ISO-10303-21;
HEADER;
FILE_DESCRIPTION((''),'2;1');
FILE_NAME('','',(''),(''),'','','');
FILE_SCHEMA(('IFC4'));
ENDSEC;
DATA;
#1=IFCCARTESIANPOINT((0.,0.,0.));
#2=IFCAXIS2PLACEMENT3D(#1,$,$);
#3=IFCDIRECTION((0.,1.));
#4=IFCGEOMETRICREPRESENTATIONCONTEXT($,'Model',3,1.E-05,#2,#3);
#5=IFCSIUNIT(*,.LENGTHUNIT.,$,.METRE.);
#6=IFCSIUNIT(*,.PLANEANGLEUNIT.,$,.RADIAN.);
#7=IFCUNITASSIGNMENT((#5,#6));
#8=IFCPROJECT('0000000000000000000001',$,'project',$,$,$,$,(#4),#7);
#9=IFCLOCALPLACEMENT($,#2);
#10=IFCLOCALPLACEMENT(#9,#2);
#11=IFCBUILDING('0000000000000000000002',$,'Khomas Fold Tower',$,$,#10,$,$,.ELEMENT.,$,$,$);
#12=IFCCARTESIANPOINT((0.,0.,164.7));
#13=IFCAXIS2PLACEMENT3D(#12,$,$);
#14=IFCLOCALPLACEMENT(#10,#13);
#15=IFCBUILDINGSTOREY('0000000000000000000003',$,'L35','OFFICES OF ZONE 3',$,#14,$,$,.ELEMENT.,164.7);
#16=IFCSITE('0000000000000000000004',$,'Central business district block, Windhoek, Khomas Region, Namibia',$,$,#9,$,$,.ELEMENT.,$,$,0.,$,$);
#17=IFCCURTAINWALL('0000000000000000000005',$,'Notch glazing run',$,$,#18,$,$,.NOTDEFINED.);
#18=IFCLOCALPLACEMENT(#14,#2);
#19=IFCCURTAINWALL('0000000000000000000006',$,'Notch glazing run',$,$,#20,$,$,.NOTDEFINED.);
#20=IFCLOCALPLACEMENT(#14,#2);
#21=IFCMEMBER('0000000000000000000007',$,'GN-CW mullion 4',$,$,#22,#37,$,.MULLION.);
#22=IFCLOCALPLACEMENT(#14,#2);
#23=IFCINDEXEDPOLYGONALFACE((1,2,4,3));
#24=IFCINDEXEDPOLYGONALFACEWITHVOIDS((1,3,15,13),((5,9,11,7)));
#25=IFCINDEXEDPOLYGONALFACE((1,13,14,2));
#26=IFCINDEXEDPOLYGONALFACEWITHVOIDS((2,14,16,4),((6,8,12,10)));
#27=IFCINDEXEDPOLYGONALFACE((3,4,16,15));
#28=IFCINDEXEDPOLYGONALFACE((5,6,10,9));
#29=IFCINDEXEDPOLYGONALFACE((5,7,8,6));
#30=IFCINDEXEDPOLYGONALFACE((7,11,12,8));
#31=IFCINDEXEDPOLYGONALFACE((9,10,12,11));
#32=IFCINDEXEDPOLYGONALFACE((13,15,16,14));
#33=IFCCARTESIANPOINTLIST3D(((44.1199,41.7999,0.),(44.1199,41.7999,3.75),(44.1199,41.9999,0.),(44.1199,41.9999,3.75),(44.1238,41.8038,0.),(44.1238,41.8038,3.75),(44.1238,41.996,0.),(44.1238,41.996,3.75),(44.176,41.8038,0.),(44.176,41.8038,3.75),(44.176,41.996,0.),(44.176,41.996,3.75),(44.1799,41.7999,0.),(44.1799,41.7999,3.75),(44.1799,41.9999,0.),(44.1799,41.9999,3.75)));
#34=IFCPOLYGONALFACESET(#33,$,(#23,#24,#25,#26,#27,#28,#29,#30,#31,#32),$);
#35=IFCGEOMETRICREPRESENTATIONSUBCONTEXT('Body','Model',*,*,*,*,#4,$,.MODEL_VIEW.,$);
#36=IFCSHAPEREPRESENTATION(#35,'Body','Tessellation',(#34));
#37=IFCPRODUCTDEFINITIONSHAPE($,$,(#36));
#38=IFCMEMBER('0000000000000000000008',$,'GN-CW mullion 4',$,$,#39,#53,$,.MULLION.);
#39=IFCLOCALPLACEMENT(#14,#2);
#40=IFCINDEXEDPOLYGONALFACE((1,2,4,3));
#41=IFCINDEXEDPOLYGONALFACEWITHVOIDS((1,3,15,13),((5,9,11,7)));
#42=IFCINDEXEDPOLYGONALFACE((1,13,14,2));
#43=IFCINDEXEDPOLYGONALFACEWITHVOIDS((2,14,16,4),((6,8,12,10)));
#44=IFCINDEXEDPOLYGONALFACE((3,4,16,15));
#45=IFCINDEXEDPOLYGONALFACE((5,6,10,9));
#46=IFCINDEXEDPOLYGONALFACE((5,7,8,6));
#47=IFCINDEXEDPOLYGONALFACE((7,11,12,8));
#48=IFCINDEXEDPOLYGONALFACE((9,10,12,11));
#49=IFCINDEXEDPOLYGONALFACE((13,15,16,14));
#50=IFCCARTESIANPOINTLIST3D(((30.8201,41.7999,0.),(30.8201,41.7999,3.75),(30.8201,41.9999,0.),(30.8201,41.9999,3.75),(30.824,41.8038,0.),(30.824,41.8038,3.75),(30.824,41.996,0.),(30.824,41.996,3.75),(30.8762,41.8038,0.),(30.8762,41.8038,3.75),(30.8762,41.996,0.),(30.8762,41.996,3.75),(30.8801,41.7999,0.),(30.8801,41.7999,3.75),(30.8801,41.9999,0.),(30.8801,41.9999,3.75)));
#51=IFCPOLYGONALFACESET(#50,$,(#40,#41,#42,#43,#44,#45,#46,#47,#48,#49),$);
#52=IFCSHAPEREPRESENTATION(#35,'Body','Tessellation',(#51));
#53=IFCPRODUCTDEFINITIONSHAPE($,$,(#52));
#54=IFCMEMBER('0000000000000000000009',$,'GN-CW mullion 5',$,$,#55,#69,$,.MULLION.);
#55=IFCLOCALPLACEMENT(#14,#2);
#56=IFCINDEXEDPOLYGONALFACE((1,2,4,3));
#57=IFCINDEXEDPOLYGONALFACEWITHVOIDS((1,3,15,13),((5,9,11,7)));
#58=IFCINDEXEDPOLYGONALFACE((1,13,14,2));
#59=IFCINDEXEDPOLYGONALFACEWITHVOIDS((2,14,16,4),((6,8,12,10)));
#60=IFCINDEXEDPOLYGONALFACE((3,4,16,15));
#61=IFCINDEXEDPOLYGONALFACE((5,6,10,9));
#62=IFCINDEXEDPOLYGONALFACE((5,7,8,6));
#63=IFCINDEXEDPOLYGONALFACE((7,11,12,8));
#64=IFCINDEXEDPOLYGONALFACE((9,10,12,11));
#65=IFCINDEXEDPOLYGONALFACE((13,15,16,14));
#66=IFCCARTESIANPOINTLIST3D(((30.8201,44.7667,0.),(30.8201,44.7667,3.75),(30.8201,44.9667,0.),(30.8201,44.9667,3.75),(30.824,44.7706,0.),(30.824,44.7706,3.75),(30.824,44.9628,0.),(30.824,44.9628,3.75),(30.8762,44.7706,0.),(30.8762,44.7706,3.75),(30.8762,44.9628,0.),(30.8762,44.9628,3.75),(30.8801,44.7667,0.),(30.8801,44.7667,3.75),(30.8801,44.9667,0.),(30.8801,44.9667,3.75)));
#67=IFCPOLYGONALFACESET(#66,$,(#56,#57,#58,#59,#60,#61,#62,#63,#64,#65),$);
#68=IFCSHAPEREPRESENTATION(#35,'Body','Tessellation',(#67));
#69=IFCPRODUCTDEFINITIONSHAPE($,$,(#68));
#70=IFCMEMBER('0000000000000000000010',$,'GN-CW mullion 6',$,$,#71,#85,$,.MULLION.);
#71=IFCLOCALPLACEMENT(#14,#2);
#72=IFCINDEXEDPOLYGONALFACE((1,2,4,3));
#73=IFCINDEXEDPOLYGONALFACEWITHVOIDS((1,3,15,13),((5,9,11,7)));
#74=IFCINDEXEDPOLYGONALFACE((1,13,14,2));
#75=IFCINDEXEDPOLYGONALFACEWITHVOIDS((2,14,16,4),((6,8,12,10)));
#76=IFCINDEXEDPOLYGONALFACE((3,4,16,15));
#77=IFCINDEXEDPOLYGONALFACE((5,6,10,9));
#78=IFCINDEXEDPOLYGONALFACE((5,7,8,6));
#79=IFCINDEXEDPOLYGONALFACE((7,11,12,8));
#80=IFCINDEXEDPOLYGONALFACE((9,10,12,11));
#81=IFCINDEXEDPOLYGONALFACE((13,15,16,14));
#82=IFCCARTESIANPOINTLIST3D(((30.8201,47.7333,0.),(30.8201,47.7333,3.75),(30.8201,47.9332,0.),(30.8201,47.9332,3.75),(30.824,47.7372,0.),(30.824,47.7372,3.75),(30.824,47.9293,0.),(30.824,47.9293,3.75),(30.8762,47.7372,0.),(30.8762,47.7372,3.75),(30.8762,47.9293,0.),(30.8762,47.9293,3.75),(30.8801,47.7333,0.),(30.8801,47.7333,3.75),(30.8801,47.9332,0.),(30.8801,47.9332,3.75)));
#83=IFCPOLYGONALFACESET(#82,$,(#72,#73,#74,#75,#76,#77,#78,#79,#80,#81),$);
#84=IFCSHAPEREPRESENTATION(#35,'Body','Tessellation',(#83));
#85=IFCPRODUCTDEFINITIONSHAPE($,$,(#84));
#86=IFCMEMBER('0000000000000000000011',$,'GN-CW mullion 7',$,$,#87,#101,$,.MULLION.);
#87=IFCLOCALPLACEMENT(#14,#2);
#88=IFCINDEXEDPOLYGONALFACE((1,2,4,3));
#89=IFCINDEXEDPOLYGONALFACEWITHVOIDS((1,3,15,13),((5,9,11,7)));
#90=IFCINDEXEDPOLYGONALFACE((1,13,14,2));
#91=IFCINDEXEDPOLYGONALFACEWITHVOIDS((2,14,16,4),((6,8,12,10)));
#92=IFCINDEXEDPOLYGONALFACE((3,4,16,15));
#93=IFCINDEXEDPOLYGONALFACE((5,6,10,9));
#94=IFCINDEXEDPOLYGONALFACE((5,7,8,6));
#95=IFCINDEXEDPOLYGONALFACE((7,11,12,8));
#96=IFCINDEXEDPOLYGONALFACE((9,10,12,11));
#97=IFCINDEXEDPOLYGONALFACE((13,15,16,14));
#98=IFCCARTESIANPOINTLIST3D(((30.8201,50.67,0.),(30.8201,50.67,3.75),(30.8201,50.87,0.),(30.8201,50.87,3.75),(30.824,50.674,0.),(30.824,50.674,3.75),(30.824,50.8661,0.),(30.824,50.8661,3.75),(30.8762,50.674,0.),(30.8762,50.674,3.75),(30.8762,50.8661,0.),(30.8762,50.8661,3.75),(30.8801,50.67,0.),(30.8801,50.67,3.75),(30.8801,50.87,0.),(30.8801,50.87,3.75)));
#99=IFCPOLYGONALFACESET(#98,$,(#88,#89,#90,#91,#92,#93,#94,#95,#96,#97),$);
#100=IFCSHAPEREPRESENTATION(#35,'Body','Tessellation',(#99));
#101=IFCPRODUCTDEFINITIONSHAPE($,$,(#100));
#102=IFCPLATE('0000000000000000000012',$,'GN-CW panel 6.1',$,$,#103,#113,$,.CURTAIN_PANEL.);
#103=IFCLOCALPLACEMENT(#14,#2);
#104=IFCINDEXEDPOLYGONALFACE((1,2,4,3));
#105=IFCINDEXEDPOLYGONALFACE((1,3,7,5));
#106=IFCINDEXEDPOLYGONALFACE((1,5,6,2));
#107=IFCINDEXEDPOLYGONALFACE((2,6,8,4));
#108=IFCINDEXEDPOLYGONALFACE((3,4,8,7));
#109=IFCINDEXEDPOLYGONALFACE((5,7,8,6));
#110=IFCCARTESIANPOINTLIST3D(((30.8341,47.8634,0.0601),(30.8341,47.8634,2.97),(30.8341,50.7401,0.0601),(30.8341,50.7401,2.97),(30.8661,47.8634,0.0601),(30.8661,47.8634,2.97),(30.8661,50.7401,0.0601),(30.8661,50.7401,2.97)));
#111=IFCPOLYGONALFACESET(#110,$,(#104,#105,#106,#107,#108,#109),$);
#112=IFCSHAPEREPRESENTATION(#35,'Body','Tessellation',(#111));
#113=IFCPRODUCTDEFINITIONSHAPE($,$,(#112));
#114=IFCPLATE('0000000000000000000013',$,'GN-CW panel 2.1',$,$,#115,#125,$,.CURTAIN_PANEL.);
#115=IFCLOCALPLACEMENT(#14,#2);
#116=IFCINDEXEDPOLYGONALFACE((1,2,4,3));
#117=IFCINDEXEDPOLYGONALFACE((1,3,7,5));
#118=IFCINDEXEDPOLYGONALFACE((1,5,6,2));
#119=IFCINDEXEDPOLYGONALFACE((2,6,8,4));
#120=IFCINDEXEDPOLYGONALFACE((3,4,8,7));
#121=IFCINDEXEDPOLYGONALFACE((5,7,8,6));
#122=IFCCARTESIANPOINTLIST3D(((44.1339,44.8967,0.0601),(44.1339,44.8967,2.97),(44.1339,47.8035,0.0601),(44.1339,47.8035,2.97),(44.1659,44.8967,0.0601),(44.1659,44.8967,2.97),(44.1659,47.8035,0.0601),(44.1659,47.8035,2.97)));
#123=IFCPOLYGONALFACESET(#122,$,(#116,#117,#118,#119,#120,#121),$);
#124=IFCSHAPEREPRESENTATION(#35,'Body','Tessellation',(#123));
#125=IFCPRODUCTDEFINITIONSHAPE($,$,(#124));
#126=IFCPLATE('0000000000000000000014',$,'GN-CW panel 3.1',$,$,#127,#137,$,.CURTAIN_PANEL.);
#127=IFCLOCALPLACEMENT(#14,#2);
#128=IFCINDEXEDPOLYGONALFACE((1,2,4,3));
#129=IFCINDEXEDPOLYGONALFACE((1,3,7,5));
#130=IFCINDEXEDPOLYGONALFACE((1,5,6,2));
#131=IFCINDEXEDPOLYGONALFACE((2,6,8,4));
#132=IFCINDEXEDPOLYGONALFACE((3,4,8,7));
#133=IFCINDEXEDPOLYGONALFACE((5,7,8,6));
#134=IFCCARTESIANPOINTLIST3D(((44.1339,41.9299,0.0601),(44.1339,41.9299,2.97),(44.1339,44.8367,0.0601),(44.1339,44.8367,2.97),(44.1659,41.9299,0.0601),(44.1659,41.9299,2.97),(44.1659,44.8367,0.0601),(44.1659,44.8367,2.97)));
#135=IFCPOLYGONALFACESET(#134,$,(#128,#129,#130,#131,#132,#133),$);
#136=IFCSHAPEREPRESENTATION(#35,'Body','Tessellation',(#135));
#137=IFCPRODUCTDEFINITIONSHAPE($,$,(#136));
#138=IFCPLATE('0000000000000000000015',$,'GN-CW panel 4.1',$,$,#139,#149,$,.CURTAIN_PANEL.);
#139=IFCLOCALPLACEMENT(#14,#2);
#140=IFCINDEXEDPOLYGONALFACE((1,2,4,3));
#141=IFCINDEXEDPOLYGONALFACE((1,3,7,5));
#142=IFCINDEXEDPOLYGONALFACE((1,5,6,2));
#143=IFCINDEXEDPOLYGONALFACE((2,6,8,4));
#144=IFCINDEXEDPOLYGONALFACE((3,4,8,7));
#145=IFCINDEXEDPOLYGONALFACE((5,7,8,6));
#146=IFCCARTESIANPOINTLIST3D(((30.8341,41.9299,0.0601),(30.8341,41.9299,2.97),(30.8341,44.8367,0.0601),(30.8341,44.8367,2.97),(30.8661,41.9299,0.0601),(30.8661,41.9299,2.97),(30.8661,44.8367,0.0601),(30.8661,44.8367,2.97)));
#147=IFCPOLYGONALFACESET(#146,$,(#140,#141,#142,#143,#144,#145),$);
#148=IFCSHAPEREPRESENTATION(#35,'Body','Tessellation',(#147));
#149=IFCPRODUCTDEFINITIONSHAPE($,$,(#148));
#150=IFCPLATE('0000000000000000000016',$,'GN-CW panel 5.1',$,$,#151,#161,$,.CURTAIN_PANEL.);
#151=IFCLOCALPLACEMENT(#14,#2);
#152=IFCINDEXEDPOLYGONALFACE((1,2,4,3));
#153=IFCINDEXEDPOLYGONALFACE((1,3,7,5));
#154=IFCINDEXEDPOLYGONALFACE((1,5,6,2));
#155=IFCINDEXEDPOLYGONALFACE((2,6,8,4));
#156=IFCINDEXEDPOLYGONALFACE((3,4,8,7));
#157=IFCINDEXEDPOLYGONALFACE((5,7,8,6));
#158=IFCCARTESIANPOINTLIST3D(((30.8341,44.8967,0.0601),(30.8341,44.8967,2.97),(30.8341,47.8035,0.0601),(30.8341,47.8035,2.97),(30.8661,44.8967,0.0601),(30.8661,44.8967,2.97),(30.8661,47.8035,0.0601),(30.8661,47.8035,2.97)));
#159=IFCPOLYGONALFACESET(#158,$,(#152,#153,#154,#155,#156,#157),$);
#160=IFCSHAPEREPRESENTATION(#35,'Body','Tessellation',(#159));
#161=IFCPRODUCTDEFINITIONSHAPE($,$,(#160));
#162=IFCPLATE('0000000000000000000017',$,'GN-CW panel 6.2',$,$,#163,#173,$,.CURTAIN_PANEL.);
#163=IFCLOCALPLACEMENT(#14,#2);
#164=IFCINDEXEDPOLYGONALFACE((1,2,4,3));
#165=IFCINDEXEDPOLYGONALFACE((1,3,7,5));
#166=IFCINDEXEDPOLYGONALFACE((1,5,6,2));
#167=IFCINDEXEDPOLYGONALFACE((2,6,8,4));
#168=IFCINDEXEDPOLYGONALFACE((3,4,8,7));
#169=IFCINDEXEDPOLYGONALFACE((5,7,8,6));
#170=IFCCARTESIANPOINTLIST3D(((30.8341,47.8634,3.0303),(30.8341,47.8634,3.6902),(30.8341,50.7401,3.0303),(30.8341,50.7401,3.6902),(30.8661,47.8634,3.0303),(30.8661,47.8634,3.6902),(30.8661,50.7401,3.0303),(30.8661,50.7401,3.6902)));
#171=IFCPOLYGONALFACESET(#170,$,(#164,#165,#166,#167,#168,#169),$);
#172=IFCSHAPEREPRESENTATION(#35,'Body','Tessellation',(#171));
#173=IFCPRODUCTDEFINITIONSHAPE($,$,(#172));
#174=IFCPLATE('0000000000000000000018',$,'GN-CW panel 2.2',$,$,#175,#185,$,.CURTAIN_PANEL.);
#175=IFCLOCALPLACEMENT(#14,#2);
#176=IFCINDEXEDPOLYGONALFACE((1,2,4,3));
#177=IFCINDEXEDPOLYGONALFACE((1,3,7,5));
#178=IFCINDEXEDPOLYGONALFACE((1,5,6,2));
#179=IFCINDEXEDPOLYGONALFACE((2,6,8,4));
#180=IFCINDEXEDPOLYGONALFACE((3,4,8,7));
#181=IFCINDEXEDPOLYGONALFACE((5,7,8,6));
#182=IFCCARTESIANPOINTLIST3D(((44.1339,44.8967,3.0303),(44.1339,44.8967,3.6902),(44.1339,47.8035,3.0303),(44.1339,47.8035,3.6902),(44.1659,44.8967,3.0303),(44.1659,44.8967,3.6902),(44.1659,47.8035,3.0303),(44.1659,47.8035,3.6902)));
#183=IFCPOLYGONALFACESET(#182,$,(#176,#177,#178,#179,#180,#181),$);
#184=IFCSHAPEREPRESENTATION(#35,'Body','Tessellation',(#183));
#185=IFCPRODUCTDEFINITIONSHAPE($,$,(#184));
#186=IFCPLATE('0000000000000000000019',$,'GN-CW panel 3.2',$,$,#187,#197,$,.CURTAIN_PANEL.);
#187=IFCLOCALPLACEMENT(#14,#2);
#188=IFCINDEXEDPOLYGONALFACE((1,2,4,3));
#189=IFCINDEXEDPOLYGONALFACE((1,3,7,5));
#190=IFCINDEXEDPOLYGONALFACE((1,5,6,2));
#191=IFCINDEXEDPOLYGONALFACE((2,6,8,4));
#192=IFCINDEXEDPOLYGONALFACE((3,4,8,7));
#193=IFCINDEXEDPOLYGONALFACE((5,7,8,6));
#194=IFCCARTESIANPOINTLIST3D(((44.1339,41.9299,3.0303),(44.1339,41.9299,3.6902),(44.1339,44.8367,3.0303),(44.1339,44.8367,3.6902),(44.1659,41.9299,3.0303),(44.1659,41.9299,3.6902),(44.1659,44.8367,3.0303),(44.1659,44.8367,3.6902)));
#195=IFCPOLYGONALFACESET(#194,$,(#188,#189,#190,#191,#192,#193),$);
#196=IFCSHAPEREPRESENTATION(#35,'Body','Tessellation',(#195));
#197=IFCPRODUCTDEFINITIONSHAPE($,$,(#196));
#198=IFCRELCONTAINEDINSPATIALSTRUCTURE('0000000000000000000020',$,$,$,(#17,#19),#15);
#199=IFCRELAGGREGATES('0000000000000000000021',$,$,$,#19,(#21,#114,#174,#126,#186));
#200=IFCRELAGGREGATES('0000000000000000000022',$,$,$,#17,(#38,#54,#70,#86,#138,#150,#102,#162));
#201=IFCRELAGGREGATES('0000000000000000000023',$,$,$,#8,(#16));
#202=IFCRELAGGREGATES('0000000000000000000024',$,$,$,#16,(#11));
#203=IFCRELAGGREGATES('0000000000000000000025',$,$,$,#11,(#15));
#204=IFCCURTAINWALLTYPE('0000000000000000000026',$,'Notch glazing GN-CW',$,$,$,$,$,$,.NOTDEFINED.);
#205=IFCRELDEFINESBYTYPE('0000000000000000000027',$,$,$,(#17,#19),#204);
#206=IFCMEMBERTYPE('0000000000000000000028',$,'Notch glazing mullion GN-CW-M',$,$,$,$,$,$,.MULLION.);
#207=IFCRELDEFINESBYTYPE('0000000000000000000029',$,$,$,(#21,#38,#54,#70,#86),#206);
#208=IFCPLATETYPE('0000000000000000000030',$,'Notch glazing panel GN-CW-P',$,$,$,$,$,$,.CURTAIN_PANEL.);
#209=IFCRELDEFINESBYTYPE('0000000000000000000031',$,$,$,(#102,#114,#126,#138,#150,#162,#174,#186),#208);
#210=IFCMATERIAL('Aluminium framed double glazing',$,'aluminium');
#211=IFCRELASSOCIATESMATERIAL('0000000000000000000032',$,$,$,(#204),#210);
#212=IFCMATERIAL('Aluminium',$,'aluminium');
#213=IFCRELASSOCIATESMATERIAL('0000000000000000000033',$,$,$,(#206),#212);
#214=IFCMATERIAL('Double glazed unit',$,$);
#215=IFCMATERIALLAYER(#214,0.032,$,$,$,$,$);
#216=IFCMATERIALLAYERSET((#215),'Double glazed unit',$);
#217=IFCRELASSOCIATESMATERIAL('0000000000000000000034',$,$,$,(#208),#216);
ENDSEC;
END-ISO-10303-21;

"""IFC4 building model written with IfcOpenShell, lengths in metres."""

from ifc_helpers import new_model, si_unit, direction, frame, origin, origin_2d, place, context, subcontext, project, spatial, rectangle, hollow_rectangle, extrude, source, transform, mapped, material, layer, layer_set, material_profile, profile_set, type_object, element, aggregate, save


model = new_model("IFC4")

# Units and contexts
model_context = context("Model", 3, precision=1e-05, world=origin(), true_north=direction((0.0, 1.0)))
body_context = subcontext(model_context, "Body", "Model", "MODEL_VIEW")
ifc_project = project(units=[si_unit("LENGTHUNIT", "METRE"), si_unit("PLANEANGLEUNIT", "RADIAN")], contexts=[model_context])

# Site, building, storey
site_placement = place(None, origin())
site = spatial("IfcSite", under=ifc_project, at=site_placement, Name="Central business district block, Windhoek, Khomas Region, Namibia", CompositionType="ELEMENT", RefElevation=0.0)
building_placement = place(site_placement, origin())
building = spatial("IfcBuilding", under=site, at=building_placement, Name="Khomas Fold Tower", CompositionType="ELEMENT")
storey_placement = place(building_placement, frame((0.0, 0.0, 164.7)))
storey = spatial("IfcBuildingStorey", under=building, at=storey_placement, Name="L35", Description="OFFICES OF ZONE 3", CompositionType="ELEMENT", Elevation=164.7)

# Curtain walls
ifc_material_1 = material(Name="Aluminium framed double glazing", Category="aluminium")
curtain_wall_type_1 = type_object("IfcCurtainWallType", Name="Notch glazing GN-CW", PredefinedType="NOTDEFINED", material=ifc_material_1)
curtain_wall_1_placement = place(storey_placement, origin())
curtain_wall_1 = element("IfcCurtainWall", 1, at=curtain_wall_1_placement, inside=storey, type_object=curtain_wall_type_1, Name="Notch glazing run", PredefinedType="NOTDEFINED")
curtain_wall_2_placement = place(storey_placement, origin())
curtain_wall_2 = element("IfcCurtainWall", 2, at=curtain_wall_2_placement, inside=storey, type_object=curtain_wall_type_1, Name="Notch glazing run", PredefinedType="NOTDEFINED")

# Members
ifc_material_2 = material(Name="Aluminium", Category="aluminium")
ifc_material_profile_1 = material_profile(ifc_material_2, hollow_rectangle(XDim=0.0601, YDim=0.2, WallThickness=0.0039, at=origin_2d()), Name="Notch glazing mullion GN-CW-M")
ifc_profile_set_1 = profile_set([ifc_material_profile_1], Name="Aluminium")
member_type_1 = type_object("IfcMemberType", Name="Notch glazing mullion GN-CW-M", PredefinedType="MULLION", material=ifc_profile_set_1)
shared_shape_1 = source(origin(), body_context, "Body", "SweptSolid", [
    extrude(hollow_rectangle(XDim=0.0601, YDim=0.2, WallThickness=0.0039, at=origin_2d()), origin(), (0.0, 0.0, 1.0), 3.75),
])
member_1_placement = place(storey_placement, frame((44.1499, 41.8999, 0.0), z_axis=(0.0, 0.0, 1.0), x_axis=(1.0, 0.0, 0.0)))
member_1 = element("IfcMember", 3, at=member_1_placement, type_object=member_type_1, Name="GN-CW mullion 4", PredefinedType="MULLION", context=body_context, shape_type="MappedRepresentation", body=[
    mapped(shared_shape_1, transform((0.0, 0.0, 0.0))),
])
member_2_placement = place(storey_placement, frame((30.8501, 41.8999, 0.0), z_axis=(0.0, 0.0, 1.0), x_axis=(-1.0, 0.0, 0.0)))
member_2 = element("IfcMember", 4, at=member_2_placement, type_object=member_type_1, Name="GN-CW mullion 4", PredefinedType="MULLION", context=body_context, shape_type="MappedRepresentation", body=[
    mapped(shared_shape_1, transform((0.0, 0.0, 0.0))),
])
member_3_placement = place(storey_placement, frame((30.8501, 44.8667, 0.0), z_axis=(0.0, 0.0, 1.0), x_axis=(-1.0, 0.0, 0.0)))
member_3 = element("IfcMember", 5, at=member_3_placement, type_object=member_type_1, Name="GN-CW mullion 5", PredefinedType="MULLION", context=body_context, shape_type="MappedRepresentation", body=[
    mapped(shared_shape_1, transform((0.0, 0.0, 0.0))),
])
member_4_placement = place(storey_placement, frame((30.8501, 47.8333, 0.0), z_axis=(0.0, 0.0, 1.0), x_axis=(-1.0, 0.0, 0.0)))
member_4 = element("IfcMember", 6, at=member_4_placement, type_object=member_type_1, Name="GN-CW mullion 6", PredefinedType="MULLION", context=body_context, shape_type="MappedRepresentation", body=[
    mapped(shared_shape_1, transform((0.0, 0.0, 0.0))),
])
member_5_placement = place(storey_placement, frame((30.8501, 50.77, 0.0), z_axis=(0.0, 0.0, 1.0), x_axis=(-1.0, 0.0, 0.0)))
member_5 = element("IfcMember", 7, at=member_5_placement, type_object=member_type_1, Name="GN-CW mullion 7", PredefinedType="MULLION", context=body_context, shape_type="MappedRepresentation", body=[
    mapped(shared_shape_1, transform((0.0, 0.0, 0.0))),
])

# Plates
ifc_material_3 = material(Name="Double glazed unit")
ifc_layer_1 = layer(ifc_material_3, 0.032)
ifc_layer_set_1 = layer_set([ifc_layer_1], Name="Double glazed unit")
plate_type = type_object("IfcPlateType", Name="Notch glazing panel GN-CW-P", PredefinedType="CURTAIN_PANEL", material=ifc_layer_set_1)
shared_shape_2 = source(origin(), body_context, "Body", "SweptSolid", [
    extrude(rectangle(XDim=2.8767, YDim=0.032, at=origin_2d()), origin(), (0.0, 0.0, 1.0), 2.9099),
])
plate_1_placement = place(storey_placement, frame((30.8501, 49.3018, 0.0601), z_axis=(0.0, 0.0, 1.0), x_axis=(0.0, 1.0, 0.0)))
plate_1 = element("IfcPlate", 8, at=plate_1_placement, type_object=plate_type, Name="GN-CW panel 6.1", PredefinedType="CURTAIN_PANEL", context=body_context, shape_type="MappedRepresentation", body=[
    mapped(shared_shape_2, transform((0.0, 0.0, 0.0))),
])
shared_shape_3 = source(origin(), body_context, "Body", "SweptSolid", [
    extrude(rectangle(XDim=2.9067, YDim=0.032, at=origin_2d()), origin(), (0.0, 0.0, 1.0), 2.9099),
])
plate_2_placement = place(storey_placement, frame((44.1499, 46.3501, 0.0601), z_axis=(0.0, 0.0, 1.0), x_axis=(0.0, -1.0, 0.0)))
plate_2 = element("IfcPlate", 9, at=plate_2_placement, type_object=plate_type, Name="GN-CW panel 2.1", PredefinedType="CURTAIN_PANEL", context=body_context, shape_type="MappedRepresentation", body=[
    mapped(shared_shape_3, transform((0.0, 0.0, 0.0))),
])
plate_3_placement = place(storey_placement, frame((44.1499, 43.3833, 0.0601), z_axis=(0.0, 0.0, 1.0), x_axis=(0.0, -1.0, 0.0)))
plate_3 = element("IfcPlate", 10, at=plate_3_placement, type_object=plate_type, Name="GN-CW panel 3.1", PredefinedType="CURTAIN_PANEL", context=body_context, shape_type="MappedRepresentation", body=[
    mapped(shared_shape_3, transform((0.0, 0.0, 0.0))),
])
plate_4_placement = place(storey_placement, frame((30.8501, 43.3833, 0.0601), z_axis=(0.0, 0.0, 1.0), x_axis=(0.0, 1.0, 0.0)))
plate_4 = element("IfcPlate", 11, at=plate_4_placement, type_object=plate_type, Name="GN-CW panel 4.1", PredefinedType="CURTAIN_PANEL", context=body_context, shape_type="MappedRepresentation", body=[
    mapped(shared_shape_3, transform((0.0, 0.0, 0.0))),
])
plate_5_placement = place(storey_placement, frame((30.8501, 46.3501, 0.0601), z_axis=(0.0, 0.0, 1.0), x_axis=(0.0, 1.0, 0.0)))
plate_5 = element("IfcPlate", 12, at=plate_5_placement, type_object=plate_type, Name="GN-CW panel 5.1", PredefinedType="CURTAIN_PANEL", context=body_context, shape_type="MappedRepresentation", body=[
    mapped(shared_shape_3, transform((0.0, 0.0, 0.0))),
])
shared_shape_4 = source(origin(), body_context, "Body", "SweptSolid", [
    extrude(rectangle(XDim=2.8767, YDim=0.032, at=origin_2d()), origin(), (0.0, 0.0, 1.0), 0.6599),
])
plate_6_placement = place(storey_placement, frame((30.8501, 49.3018, 3.0303), z_axis=(0.0, 0.0, 1.0), x_axis=(0.0, 1.0, 0.0)))
plate_6 = element("IfcPlate", 13, at=plate_6_placement, type_object=plate_type, Name="GN-CW panel 6.2", PredefinedType="CURTAIN_PANEL", context=body_context, shape_type="MappedRepresentation", body=[
    mapped(shared_shape_4, transform((0.0, 0.0, 0.0))),
])
shared_shape_5 = source(origin(), body_context, "Body", "SweptSolid", [
    extrude(rectangle(XDim=2.9067, YDim=0.032, at=origin_2d()), origin(), (0.0, 0.0, 1.0), 0.6599),
])
plate_7_placement = place(storey_placement, frame((44.1499, 46.3501, 3.0303), z_axis=(0.0, 0.0, 1.0), x_axis=(0.0, -1.0, 0.0)))
plate_7 = element("IfcPlate", 14, at=plate_7_placement, type_object=plate_type, Name="GN-CW panel 2.2", PredefinedType="CURTAIN_PANEL", context=body_context, shape_type="MappedRepresentation", body=[
    mapped(shared_shape_5, transform((0.0, 0.0, 0.0))),
])
plate_8_placement = place(storey_placement, frame((44.1499, 43.3833, 3.0303), z_axis=(0.0, 0.0, 1.0), x_axis=(0.0, -1.0, 0.0)))
plate_8 = element("IfcPlate", 15, at=plate_8_placement, type_object=plate_type, Name="GN-CW panel 3.2", PredefinedType="CURTAIN_PANEL", context=body_context, shape_type="MappedRepresentation", body=[
    mapped(shared_shape_5, transform((0.0, 0.0, 0.0))),
])
aggregate(curtain_wall_2, [member_1, plate_2, plate_7, plate_3, plate_8])
aggregate(curtain_wall_1, [member_2, member_3, member_4, member_5, plate_4, plate_5, plate_1, plate_6])

save(model, "model.ifc")
